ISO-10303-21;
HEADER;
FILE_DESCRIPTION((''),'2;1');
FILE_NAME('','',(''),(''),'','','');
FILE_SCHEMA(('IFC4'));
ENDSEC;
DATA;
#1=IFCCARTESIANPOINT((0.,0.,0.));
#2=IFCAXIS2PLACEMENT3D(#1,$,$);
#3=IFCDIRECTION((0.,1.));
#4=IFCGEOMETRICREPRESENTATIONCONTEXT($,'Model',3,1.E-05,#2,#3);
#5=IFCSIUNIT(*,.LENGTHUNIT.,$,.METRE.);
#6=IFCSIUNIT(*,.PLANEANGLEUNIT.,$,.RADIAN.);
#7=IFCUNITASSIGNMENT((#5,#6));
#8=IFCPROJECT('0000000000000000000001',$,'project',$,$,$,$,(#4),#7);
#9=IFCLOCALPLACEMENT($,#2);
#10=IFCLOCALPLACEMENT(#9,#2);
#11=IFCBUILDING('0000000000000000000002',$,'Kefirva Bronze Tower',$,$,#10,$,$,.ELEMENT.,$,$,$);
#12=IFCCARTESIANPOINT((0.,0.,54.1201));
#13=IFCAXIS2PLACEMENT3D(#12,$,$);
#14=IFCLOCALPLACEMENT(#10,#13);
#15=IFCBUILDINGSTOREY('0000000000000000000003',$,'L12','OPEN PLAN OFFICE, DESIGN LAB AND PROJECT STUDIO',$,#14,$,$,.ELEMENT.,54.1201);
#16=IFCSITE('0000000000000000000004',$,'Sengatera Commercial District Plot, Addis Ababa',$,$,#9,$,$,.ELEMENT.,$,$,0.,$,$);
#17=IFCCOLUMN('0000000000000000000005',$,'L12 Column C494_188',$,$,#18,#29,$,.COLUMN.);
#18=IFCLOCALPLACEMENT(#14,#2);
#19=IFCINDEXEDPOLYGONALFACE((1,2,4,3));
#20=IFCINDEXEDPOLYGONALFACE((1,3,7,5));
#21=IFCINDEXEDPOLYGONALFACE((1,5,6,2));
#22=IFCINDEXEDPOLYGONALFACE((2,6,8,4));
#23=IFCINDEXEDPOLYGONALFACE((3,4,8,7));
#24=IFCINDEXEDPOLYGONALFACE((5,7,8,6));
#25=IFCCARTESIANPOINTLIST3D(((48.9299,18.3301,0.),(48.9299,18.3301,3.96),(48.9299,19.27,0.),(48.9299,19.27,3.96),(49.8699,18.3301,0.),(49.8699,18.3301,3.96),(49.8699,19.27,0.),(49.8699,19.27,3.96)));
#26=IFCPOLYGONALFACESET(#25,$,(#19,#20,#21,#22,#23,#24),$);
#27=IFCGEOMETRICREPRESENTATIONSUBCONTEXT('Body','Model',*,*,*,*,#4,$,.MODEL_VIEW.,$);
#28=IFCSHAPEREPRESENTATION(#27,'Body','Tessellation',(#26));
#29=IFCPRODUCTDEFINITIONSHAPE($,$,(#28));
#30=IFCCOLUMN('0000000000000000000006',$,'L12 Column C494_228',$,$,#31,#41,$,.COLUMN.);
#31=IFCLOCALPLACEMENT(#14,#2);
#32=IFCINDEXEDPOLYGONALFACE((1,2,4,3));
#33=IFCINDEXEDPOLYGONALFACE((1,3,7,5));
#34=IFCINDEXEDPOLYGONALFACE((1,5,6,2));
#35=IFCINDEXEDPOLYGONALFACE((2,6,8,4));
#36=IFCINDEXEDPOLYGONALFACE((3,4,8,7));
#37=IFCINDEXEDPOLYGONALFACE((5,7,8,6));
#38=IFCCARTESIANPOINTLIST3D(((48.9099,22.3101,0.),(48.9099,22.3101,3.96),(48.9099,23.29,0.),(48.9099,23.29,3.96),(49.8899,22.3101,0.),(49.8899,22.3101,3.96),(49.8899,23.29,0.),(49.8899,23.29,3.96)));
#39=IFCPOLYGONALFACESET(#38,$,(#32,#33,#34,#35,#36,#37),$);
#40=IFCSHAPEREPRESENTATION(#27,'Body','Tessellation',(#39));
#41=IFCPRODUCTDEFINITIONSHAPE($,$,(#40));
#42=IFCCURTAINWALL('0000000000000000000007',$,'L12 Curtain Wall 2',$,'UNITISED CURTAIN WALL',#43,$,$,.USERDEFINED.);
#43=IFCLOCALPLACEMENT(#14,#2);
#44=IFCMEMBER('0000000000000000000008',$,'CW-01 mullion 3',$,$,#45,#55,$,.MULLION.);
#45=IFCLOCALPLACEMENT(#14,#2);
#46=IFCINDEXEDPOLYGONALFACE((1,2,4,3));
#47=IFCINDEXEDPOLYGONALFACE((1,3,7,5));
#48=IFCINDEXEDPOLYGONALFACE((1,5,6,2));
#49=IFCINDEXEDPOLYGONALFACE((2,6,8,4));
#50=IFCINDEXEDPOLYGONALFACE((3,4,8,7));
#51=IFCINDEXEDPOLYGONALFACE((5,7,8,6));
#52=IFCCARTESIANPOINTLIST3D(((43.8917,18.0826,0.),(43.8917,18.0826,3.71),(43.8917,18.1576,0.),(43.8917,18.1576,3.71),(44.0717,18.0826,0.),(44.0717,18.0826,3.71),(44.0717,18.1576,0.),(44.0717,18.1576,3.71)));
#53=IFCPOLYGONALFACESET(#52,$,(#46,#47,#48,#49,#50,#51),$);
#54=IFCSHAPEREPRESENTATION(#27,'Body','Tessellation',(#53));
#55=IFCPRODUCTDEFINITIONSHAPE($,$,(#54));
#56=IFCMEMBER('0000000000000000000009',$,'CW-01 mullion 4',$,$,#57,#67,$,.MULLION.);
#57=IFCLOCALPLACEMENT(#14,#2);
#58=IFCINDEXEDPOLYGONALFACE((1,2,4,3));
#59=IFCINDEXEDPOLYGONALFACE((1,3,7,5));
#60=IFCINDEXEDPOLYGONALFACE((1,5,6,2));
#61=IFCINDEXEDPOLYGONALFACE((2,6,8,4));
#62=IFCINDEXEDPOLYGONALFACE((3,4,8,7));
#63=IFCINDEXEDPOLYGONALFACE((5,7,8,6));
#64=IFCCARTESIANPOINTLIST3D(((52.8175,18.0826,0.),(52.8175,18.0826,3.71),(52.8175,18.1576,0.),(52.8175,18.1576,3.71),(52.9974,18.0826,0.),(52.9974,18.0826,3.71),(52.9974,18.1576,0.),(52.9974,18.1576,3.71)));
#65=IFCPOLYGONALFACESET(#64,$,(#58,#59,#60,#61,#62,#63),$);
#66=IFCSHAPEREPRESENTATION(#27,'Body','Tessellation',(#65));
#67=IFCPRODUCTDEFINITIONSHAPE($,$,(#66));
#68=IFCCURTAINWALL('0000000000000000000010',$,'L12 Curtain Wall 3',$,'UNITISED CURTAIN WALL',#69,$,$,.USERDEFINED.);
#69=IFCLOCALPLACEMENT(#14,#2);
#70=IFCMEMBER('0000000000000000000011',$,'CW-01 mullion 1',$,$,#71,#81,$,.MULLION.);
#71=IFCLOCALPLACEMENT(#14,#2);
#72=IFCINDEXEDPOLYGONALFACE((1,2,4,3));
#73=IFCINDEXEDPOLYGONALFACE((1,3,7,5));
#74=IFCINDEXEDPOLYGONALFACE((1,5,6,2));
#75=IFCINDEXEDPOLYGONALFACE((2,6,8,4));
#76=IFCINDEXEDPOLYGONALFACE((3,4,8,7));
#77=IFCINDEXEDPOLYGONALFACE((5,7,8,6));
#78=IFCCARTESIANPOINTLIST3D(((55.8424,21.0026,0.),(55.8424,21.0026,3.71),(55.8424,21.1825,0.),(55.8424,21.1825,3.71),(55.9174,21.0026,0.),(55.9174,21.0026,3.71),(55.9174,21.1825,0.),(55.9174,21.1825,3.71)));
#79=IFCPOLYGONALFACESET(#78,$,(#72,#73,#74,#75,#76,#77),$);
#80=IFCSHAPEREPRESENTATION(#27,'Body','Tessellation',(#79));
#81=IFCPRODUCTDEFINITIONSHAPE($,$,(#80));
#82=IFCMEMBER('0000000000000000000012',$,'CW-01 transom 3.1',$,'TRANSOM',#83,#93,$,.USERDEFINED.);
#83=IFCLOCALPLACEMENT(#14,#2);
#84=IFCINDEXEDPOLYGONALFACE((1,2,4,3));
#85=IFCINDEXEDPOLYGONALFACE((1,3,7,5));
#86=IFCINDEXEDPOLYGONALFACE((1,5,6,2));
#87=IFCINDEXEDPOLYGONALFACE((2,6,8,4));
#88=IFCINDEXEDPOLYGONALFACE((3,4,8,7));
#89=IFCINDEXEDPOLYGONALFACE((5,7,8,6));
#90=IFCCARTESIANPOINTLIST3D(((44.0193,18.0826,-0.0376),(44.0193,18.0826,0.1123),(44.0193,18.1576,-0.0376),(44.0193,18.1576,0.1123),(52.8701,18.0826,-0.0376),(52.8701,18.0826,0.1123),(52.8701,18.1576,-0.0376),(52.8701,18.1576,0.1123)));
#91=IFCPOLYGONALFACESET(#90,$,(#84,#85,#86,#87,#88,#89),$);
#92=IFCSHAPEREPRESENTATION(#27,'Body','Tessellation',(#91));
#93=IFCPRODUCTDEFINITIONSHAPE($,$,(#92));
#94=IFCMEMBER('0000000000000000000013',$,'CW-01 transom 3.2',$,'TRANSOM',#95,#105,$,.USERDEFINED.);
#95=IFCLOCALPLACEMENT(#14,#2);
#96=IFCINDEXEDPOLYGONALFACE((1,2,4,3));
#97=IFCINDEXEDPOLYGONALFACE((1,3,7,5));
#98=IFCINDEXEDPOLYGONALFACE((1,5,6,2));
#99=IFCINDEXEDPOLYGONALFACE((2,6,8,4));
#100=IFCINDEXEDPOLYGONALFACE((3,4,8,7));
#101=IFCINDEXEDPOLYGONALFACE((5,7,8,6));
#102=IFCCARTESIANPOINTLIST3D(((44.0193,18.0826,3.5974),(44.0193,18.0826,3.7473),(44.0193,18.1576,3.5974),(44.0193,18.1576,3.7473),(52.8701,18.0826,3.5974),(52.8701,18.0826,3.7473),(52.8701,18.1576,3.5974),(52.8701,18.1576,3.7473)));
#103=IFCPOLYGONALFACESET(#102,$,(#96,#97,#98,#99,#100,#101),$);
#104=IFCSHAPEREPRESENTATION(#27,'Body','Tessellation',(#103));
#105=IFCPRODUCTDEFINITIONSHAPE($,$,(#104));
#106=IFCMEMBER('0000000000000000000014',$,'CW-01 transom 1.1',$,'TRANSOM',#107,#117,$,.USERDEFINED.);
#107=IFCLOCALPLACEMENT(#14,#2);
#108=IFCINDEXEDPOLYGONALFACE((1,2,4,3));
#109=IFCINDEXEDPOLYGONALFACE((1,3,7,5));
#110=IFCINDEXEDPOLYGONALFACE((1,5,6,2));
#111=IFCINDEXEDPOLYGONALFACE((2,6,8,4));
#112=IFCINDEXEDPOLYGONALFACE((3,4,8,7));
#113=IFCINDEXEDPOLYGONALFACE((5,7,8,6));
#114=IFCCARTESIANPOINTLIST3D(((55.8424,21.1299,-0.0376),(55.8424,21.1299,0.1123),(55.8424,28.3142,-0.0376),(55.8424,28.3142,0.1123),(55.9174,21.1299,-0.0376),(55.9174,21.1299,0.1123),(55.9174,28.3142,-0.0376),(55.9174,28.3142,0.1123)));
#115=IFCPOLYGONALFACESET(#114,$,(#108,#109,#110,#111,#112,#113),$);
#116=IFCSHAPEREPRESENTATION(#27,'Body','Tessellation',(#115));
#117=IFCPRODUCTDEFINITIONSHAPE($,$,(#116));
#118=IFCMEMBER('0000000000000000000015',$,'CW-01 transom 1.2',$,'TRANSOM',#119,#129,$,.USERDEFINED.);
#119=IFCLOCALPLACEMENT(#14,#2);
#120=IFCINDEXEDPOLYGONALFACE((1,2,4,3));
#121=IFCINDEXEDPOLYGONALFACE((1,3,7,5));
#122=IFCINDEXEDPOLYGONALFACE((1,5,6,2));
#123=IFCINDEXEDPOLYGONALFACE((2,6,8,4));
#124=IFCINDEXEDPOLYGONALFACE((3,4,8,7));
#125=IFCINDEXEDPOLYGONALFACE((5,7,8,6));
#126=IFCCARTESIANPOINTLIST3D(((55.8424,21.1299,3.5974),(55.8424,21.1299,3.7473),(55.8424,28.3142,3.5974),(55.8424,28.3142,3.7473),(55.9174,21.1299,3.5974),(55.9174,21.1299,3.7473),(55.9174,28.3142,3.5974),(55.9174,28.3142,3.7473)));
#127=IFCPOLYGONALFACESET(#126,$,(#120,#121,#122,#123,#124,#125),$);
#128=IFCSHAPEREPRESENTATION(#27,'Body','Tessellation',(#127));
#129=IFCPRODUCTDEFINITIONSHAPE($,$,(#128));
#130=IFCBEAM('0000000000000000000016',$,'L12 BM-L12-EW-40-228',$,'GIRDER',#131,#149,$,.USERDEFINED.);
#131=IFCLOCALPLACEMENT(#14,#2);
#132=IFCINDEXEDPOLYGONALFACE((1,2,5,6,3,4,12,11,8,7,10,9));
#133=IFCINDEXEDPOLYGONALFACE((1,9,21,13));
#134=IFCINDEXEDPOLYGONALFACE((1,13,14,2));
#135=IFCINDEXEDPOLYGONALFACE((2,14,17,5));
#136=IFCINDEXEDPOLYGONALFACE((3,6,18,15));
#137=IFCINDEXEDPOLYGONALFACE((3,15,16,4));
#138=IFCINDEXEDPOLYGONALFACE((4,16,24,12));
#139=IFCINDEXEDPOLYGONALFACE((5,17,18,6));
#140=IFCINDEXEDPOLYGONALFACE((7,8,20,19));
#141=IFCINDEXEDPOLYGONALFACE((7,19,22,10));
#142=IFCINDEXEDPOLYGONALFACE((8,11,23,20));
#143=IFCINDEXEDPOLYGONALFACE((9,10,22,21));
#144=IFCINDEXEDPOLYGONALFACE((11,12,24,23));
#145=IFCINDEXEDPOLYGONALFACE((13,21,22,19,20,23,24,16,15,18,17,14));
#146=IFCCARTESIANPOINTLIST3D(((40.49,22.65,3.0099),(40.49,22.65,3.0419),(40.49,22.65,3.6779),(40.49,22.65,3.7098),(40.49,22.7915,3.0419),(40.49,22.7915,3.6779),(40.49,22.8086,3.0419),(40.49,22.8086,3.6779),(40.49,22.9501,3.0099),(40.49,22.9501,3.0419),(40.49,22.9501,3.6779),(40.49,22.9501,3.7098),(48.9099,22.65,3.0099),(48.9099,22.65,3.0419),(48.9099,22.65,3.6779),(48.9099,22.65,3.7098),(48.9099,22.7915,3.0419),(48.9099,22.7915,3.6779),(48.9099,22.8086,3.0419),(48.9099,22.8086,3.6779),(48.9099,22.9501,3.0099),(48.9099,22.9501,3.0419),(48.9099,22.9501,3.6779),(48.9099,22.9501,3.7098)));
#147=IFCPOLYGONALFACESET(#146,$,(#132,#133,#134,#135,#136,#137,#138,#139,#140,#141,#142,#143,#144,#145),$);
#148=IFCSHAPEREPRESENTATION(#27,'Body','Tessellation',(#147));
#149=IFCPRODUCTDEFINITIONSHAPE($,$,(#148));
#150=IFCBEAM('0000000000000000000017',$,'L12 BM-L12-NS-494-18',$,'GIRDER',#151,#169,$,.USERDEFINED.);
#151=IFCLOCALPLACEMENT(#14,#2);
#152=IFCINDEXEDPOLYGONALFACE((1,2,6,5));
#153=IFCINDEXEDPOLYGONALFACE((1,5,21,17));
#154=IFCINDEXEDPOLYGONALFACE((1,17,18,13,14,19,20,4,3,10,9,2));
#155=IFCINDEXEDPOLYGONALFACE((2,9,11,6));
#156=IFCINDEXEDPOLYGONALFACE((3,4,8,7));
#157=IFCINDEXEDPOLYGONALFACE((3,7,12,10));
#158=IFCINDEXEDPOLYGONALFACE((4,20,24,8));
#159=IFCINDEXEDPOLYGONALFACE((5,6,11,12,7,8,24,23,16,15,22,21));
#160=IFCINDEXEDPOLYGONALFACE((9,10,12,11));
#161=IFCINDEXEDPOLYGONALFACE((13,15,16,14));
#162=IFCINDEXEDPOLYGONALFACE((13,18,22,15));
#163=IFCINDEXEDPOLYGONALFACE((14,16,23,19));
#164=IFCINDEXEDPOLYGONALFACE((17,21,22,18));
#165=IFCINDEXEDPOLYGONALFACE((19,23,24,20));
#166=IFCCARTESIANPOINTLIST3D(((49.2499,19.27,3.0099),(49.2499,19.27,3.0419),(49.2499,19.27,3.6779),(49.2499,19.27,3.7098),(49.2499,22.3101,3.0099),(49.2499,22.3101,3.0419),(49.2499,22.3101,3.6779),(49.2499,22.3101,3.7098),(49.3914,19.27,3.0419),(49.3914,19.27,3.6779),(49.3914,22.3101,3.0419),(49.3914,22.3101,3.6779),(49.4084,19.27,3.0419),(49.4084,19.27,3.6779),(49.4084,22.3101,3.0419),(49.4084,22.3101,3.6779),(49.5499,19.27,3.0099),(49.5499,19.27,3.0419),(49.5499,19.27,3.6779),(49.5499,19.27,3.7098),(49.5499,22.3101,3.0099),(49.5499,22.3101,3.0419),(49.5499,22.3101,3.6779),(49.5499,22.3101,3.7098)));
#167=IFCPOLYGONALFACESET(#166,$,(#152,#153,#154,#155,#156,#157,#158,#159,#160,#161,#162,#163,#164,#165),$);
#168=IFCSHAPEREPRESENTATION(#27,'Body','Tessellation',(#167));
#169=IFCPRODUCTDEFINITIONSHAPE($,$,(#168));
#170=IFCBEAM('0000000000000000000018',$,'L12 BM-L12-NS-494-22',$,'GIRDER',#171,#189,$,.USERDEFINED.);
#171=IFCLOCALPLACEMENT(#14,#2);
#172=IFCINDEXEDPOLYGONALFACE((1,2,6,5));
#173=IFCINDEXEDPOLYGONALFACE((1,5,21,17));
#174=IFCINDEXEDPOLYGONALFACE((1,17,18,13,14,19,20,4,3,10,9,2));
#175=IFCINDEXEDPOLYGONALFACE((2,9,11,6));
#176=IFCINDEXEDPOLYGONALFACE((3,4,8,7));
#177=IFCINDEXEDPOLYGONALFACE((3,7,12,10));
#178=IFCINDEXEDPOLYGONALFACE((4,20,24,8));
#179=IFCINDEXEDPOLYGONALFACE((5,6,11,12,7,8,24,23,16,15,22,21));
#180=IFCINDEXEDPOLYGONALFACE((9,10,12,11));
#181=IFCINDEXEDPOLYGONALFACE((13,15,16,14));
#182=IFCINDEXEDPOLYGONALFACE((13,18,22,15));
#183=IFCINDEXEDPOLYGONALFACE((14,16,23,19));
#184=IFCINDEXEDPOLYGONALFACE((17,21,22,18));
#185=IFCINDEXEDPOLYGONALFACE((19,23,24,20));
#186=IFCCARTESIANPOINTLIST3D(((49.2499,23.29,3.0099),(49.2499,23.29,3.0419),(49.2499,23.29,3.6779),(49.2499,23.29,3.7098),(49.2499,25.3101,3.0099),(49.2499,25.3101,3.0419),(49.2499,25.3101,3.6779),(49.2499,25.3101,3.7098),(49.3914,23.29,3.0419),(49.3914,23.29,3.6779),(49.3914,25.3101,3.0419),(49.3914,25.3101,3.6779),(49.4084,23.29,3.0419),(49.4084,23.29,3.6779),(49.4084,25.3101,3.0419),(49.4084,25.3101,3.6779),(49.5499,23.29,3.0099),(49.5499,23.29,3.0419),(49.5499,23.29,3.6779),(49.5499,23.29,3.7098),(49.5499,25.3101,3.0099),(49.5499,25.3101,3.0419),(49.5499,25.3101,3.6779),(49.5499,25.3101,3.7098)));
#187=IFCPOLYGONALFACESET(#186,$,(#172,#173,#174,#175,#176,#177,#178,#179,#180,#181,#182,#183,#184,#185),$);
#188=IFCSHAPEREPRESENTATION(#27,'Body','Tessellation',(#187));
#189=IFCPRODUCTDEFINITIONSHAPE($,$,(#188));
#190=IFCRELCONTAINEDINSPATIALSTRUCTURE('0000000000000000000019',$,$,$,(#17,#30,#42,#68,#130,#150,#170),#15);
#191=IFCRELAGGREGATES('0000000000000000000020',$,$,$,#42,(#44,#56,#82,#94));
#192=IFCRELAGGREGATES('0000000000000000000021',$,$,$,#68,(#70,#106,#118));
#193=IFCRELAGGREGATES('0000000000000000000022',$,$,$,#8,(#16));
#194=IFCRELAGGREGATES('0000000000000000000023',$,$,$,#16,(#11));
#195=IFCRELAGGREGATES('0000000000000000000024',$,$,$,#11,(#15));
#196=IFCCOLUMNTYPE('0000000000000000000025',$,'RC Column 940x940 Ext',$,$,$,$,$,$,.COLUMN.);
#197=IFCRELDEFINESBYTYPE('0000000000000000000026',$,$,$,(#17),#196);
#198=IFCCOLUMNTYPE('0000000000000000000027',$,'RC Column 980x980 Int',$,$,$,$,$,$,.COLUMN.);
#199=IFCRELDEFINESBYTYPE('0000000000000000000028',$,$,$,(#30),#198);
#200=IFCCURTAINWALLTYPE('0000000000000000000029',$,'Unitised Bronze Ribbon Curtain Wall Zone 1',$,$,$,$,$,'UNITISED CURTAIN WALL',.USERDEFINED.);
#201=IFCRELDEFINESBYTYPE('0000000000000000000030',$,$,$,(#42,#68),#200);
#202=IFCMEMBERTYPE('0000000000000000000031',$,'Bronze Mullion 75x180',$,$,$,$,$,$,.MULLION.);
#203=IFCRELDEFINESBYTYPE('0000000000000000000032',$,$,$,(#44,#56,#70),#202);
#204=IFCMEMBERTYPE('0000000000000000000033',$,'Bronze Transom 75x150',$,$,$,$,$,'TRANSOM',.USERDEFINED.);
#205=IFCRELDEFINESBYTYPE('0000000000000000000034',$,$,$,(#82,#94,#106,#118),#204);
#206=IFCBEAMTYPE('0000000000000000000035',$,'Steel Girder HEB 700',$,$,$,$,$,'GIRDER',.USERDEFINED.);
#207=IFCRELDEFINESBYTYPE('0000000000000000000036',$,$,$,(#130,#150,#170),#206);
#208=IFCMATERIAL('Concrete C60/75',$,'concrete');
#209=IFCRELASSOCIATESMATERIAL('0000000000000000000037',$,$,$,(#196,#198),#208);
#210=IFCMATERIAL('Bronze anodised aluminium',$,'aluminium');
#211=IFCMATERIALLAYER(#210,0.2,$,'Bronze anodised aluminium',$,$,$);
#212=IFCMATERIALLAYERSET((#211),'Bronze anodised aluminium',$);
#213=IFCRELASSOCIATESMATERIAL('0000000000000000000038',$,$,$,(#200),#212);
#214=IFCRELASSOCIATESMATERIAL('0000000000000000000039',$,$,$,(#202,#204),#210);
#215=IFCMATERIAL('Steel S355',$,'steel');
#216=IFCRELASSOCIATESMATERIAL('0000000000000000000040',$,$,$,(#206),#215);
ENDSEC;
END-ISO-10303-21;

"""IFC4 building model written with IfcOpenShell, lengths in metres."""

from ifc_helpers import new_model, si_unit, direction, frame, origin, origin_2d, place, context, subcontext, project, spatial, rectangle, i_section, extrude, material, layer, layer_set, material_profile, profile_set, type_object, element, aggregate, save


model = new_model("IFC4")

# Units and contexts
model_context = context("Model", 3, precision=1e-05, world=origin(), true_north=direction((0.0, 1.0)))
body_context = subcontext(model_context, "Body", "Model", "MODEL_VIEW")
ifc_project = project(units=[si_unit("LENGTHUNIT", "METRE"), si_unit("PLANEANGLEUNIT", "RADIAN")], contexts=[model_context])

# Site, building, storey
site_placement = place(None, origin())
site = spatial("IfcSite", under=ifc_project, at=site_placement, Name="Sengatera Commercial District Plot, Addis Ababa", CompositionType="ELEMENT", RefElevation=0.0)
building_placement = place(site_placement, origin())
building = spatial("IfcBuilding", under=site, at=building_placement, Name="Kefirva Bronze Tower", CompositionType="ELEMENT")
storey_placement = place(building_placement, frame((0.0, 0.0, 54.1201)))
storey = spatial("IfcBuildingStorey", under=building, at=storey_placement, Name="L12", Description="OPEN PLAN OFFICE, DESIGN LAB AND PROJECT STUDIO", CompositionType="ELEMENT", Elevation=54.1201)

# Columns
ifc_material_1 = material(Name="Concrete C60/75", Category="concrete")
ifc_material_profile_1 = material_profile(ifc_material_1, rectangle(XDim=0.9399, YDim=0.9399, at=origin_2d()), Name="RC 940x940")
ifc_profile_set_1 = profile_set([ifc_material_profile_1], Name="Concrete C60/75")
column_type_1 = type_object("IfcColumnType", Name="RC Column 940x940 Ext", PredefinedType="COLUMN", material=ifc_profile_set_1)
column_1_placement = place(storey_placement, frame((49.3999, 18.8, 0.0), z_axis=(0.0, 0.0, 1.0), x_axis=(1.0, 0.0, 0.0)))
element("IfcColumn", 1, at=column_1_placement, inside=storey, type_object=column_type_1, Name="L12 Column C494_188", PredefinedType="COLUMN", context=body_context, shape_type="SweptSolid", body=[
    extrude(rectangle(XDim=0.9399, YDim=0.9399, at=origin_2d()), origin(), (0.0, 0.0, 1.0), 3.96),
])
ifc_material_profile_2 = material_profile(ifc_material_1, rectangle(XDim=0.98, YDim=0.98, at=origin_2d()), Name="RC 980x980")
ifc_profile_set_2 = profile_set([ifc_material_profile_2], Name="Concrete C60/75")
column_type_2 = type_object("IfcColumnType", Name="RC Column 980x980 Int", PredefinedType="COLUMN", material=ifc_profile_set_2)
column_2_placement = place(storey_placement, frame((49.3999, 22.8, 0.0), z_axis=(0.0, 0.0, 1.0), x_axis=(1.0, 0.0, 0.0)))
element("IfcColumn", 2, at=column_2_placement, inside=storey, type_object=column_type_2, Name="L12 Column C494_228", PredefinedType="COLUMN", context=body_context, shape_type="SweptSolid", body=[
    extrude(rectangle(XDim=0.98, YDim=0.98, at=origin_2d()), origin(), (0.0, 0.0, 1.0), 3.96),
])

# Curtain wall, members
ifc_material_2 = material(Name="Bronze anodised aluminium", Category="aluminium")
ifc_layer_1 = layer(ifc_material_2, 0.2, Name="Bronze anodised aluminium")
ifc_layer_set_1 = layer_set([ifc_layer_1], Name="Bronze anodised aluminium")
curtain_wall_type = type_object("IfcCurtainWallType", Name="Unitised Bronze Ribbon Curtain Wall Zone 1", ElementType="UNITISED CURTAIN WALL", PredefinedType="USERDEFINED", material=ifc_layer_set_1)
curtain_wall_1_placement = place(storey_placement, origin())
curtain_wall_1 = element("IfcCurtainWall", 3, at=curtain_wall_1_placement, inside=storey, type_object=curtain_wall_type, Name="L12 Curtain Wall 2", ObjectType="UNITISED CURTAIN WALL", PredefinedType="USERDEFINED")
ifc_material_profile_3 = material_profile(ifc_material_2, rectangle(XDim=0.075, YDim=0.1799, at=origin_2d()), Name="ALU 75x180")
ifc_profile_set_3 = profile_set([ifc_material_profile_3], Name="Bronze anodised aluminium")
member_type_1 = type_object("IfcMemberType", Name="Bronze Mullion 75x180", PredefinedType="MULLION", material=ifc_profile_set_3)
member_1_placement = place(storey_placement, frame((43.9817, 18.1201, 0.0), z_axis=(0.0, 0.0, 1.0), x_axis=(0.0, 1.0, 0.0)))
member_1 = element("IfcMember", 4, at=member_1_placement, type_object=member_type_1, Name="CW-01 mullion 3", PredefinedType="MULLION", context=body_context, shape_type="SweptSolid", body=[
    extrude(rectangle(XDim=0.075, YDim=0.1799, at=origin_2d()), origin(), (0.0, 0.0, 1.0), 3.71),
])
member_2_placement = place(storey_placement, frame((52.9075, 18.1201, 0.0), z_axis=(0.0, 0.0, 1.0), x_axis=(0.0, 1.0, 0.0)))
member_2 = element("IfcMember", 5, at=member_2_placement, type_object=member_type_1, Name="CW-01 mullion 4", PredefinedType="MULLION", context=body_context, shape_type="SweptSolid", body=[
    extrude(rectangle(XDim=0.075, YDim=0.1799, at=origin_2d()), origin(), (0.0, 0.0, 1.0), 3.71),
])

# Curtain wall, member
curtain_wall_2_placement = place(storey_placement, origin())
curtain_wall_2 = element("IfcCurtainWall", 6, at=curtain_wall_2_placement, inside=storey, type_object=curtain_wall_type, Name="L12 Curtain Wall 3", ObjectType="UNITISED CURTAIN WALL", PredefinedType="USERDEFINED")
member_3_placement = place(storey_placement, frame((55.8799, 21.0925, 0.0), z_axis=(0.0, 0.0, 1.0), x_axis=(-1.0, 0.0, 0.0)))
member_3 = element("IfcMember", 7, at=member_3_placement, type_object=member_type_1, Name="CW-01 mullion 1", PredefinedType="MULLION", context=body_context, shape_type="SweptSolid", body=[
    extrude(rectangle(XDim=0.075, YDim=0.1799, at=origin_2d()), origin(), (0.0, 0.0, 1.0), 3.71),
])

# Members
ifc_material_profile_4 = material_profile(ifc_material_2, rectangle(XDim=0.075, YDim=0.1499, at=origin_2d()), Name="ALU 75x150")
ifc_profile_set_4 = profile_set([ifc_material_profile_4], Name="Bronze anodised aluminium")
member_type_2 = type_object("IfcMemberType", Name="Bronze Transom 75x150", ElementType="TRANSOM", PredefinedType="USERDEFINED", material=ifc_profile_set_4)
member_4_placement = place(storey_placement, frame((44.0193, 18.1201, 0.0374), z_axis=(1.0, 0.0, 0.0), x_axis=(0.0, 1.0, 0.0)))
member_4 = element("IfcMember", 8, at=member_4_placement, type_object=member_type_2, Name="CW-01 transom 3.1", ObjectType="TRANSOM", PredefinedType="USERDEFINED", context=body_context, shape_type="SweptSolid", body=[
    extrude(rectangle(XDim=0.075, YDim=0.1499, at=origin_2d()), origin(), (0.0, 0.0, 1.0), 8.8508),
])
member_5_placement = place(storey_placement, frame((44.0193, 18.1201, 3.6724), z_axis=(1.0, 0.0, 0.0), x_axis=(0.0, 1.0, 0.0)))
member_5 = element("IfcMember", 9, at=member_5_placement, type_object=member_type_2, Name="CW-01 transom 3.2", ObjectType="TRANSOM", PredefinedType="USERDEFINED", context=body_context, shape_type="SweptSolid", body=[
    extrude(rectangle(XDim=0.075, YDim=0.1499, at=origin_2d()), origin(), (0.0, 0.0, 1.0), 8.8508),
])
member_6_placement = place(storey_placement, frame((55.8799, 21.1299, 0.0374), z_axis=(0.0, 1.0, 0.0), x_axis=(-1.0, 0.0, 0.0)))
member_6 = element("IfcMember", 10, at=member_6_placement, type_object=member_type_2, Name="CW-01 transom 1.1", ObjectType="TRANSOM", PredefinedType="USERDEFINED", context=body_context, shape_type="SweptSolid", body=[
    extrude(rectangle(XDim=0.075, YDim=0.1499, at=origin_2d()), origin(), (0.0, 0.0, 1.0), 7.1843),
])
member_7_placement = place(storey_placement, frame((55.8799, 21.1299, 3.6724), z_axis=(0.0, 1.0, 0.0), x_axis=(-1.0, 0.0, 0.0)))
member_7 = element("IfcMember", 11, at=member_7_placement, type_object=member_type_2, Name="CW-01 transom 1.2", ObjectType="TRANSOM", PredefinedType="USERDEFINED", context=body_context, shape_type="SweptSolid", body=[
    extrude(rectangle(XDim=0.075, YDim=0.1499, at=origin_2d()), origin(), (0.0, 0.0, 1.0), 7.1843),
])

# Beams
ifc_material_3 = material(Name="Steel S355", Category="steel")
ifc_material_profile_5 = material_profile(ifc_material_3, i_section(OverallWidth=0.3, OverallDepth=0.7, WebThickness=0.0171, FlangeThickness=0.032, at=origin_2d()), Name="HEB 700")
ifc_profile_set_5 = profile_set([ifc_material_profile_5], Name="Steel S355")
beam_type_1 = type_object("IfcBeamType", Name="Steel Girder HEB 700", ElementType="GIRDER", PredefinedType="USERDEFINED", material=ifc_profile_set_5)
beam_1_placement = place(storey_placement, frame((40.49, 22.8, 3.3599), z_axis=(1.0, 0.0, 0.0), x_axis=(0.0, 1.0, 0.0)))
element("IfcBeam", 12, at=beam_1_placement, inside=storey, type_object=beam_type_1, Name="L12 BM-L12-EW-40-228", ObjectType="GIRDER", PredefinedType="USERDEFINED", context=body_context, shape_type="SweptSolid", body=[
    extrude(i_section(OverallWidth=0.3, OverallDepth=0.7, WebThickness=0.0171, FlangeThickness=0.032, at=origin_2d()), origin(), (0.0, 0.0, 1.0), 8.4199),
])
beam_2_placement = place(storey_placement, frame((49.3999, 19.27, 3.3599), z_axis=(0.0, 1.0, 0.0), x_axis=(-1.0, 0.0, 0.0)))
element("IfcBeam", 13, at=beam_2_placement, inside=storey, type_object=beam_type_1, Name="L12 BM-L12-NS-494-18", ObjectType="GIRDER", PredefinedType="USERDEFINED", context=body_context, shape_type="SweptSolid", body=[
    extrude(i_section(OverallWidth=0.3, OverallDepth=0.7, WebThickness=0.0171, FlangeThickness=0.032, at=origin_2d()), origin(), (0.0, 0.0, 1.0), 3.04),
])
beam_3_placement = place(storey_placement, frame((49.3999, 23.29, 3.3599), z_axis=(0.0, 1.0, 0.0), x_axis=(-1.0, 0.0, 0.0)))
element("IfcBeam", 14, at=beam_3_placement, inside=storey, type_object=beam_type_1, Name="L12 BM-L12-NS-494-22", ObjectType="GIRDER", PredefinedType="USERDEFINED", context=body_context, shape_type="SweptSolid", body=[
    extrude(i_section(OverallWidth=0.3, OverallDepth=0.7, WebThickness=0.0171, FlangeThickness=0.032, at=origin_2d()), origin(), (0.0, 0.0, 1.0), 2.02),
])

aggregate(curtain_wall_1, [member_1, member_2, member_4, member_5])
aggregate(curtain_wall_2, [member_3, member_6, member_7])

save(model, "model.ifc")
